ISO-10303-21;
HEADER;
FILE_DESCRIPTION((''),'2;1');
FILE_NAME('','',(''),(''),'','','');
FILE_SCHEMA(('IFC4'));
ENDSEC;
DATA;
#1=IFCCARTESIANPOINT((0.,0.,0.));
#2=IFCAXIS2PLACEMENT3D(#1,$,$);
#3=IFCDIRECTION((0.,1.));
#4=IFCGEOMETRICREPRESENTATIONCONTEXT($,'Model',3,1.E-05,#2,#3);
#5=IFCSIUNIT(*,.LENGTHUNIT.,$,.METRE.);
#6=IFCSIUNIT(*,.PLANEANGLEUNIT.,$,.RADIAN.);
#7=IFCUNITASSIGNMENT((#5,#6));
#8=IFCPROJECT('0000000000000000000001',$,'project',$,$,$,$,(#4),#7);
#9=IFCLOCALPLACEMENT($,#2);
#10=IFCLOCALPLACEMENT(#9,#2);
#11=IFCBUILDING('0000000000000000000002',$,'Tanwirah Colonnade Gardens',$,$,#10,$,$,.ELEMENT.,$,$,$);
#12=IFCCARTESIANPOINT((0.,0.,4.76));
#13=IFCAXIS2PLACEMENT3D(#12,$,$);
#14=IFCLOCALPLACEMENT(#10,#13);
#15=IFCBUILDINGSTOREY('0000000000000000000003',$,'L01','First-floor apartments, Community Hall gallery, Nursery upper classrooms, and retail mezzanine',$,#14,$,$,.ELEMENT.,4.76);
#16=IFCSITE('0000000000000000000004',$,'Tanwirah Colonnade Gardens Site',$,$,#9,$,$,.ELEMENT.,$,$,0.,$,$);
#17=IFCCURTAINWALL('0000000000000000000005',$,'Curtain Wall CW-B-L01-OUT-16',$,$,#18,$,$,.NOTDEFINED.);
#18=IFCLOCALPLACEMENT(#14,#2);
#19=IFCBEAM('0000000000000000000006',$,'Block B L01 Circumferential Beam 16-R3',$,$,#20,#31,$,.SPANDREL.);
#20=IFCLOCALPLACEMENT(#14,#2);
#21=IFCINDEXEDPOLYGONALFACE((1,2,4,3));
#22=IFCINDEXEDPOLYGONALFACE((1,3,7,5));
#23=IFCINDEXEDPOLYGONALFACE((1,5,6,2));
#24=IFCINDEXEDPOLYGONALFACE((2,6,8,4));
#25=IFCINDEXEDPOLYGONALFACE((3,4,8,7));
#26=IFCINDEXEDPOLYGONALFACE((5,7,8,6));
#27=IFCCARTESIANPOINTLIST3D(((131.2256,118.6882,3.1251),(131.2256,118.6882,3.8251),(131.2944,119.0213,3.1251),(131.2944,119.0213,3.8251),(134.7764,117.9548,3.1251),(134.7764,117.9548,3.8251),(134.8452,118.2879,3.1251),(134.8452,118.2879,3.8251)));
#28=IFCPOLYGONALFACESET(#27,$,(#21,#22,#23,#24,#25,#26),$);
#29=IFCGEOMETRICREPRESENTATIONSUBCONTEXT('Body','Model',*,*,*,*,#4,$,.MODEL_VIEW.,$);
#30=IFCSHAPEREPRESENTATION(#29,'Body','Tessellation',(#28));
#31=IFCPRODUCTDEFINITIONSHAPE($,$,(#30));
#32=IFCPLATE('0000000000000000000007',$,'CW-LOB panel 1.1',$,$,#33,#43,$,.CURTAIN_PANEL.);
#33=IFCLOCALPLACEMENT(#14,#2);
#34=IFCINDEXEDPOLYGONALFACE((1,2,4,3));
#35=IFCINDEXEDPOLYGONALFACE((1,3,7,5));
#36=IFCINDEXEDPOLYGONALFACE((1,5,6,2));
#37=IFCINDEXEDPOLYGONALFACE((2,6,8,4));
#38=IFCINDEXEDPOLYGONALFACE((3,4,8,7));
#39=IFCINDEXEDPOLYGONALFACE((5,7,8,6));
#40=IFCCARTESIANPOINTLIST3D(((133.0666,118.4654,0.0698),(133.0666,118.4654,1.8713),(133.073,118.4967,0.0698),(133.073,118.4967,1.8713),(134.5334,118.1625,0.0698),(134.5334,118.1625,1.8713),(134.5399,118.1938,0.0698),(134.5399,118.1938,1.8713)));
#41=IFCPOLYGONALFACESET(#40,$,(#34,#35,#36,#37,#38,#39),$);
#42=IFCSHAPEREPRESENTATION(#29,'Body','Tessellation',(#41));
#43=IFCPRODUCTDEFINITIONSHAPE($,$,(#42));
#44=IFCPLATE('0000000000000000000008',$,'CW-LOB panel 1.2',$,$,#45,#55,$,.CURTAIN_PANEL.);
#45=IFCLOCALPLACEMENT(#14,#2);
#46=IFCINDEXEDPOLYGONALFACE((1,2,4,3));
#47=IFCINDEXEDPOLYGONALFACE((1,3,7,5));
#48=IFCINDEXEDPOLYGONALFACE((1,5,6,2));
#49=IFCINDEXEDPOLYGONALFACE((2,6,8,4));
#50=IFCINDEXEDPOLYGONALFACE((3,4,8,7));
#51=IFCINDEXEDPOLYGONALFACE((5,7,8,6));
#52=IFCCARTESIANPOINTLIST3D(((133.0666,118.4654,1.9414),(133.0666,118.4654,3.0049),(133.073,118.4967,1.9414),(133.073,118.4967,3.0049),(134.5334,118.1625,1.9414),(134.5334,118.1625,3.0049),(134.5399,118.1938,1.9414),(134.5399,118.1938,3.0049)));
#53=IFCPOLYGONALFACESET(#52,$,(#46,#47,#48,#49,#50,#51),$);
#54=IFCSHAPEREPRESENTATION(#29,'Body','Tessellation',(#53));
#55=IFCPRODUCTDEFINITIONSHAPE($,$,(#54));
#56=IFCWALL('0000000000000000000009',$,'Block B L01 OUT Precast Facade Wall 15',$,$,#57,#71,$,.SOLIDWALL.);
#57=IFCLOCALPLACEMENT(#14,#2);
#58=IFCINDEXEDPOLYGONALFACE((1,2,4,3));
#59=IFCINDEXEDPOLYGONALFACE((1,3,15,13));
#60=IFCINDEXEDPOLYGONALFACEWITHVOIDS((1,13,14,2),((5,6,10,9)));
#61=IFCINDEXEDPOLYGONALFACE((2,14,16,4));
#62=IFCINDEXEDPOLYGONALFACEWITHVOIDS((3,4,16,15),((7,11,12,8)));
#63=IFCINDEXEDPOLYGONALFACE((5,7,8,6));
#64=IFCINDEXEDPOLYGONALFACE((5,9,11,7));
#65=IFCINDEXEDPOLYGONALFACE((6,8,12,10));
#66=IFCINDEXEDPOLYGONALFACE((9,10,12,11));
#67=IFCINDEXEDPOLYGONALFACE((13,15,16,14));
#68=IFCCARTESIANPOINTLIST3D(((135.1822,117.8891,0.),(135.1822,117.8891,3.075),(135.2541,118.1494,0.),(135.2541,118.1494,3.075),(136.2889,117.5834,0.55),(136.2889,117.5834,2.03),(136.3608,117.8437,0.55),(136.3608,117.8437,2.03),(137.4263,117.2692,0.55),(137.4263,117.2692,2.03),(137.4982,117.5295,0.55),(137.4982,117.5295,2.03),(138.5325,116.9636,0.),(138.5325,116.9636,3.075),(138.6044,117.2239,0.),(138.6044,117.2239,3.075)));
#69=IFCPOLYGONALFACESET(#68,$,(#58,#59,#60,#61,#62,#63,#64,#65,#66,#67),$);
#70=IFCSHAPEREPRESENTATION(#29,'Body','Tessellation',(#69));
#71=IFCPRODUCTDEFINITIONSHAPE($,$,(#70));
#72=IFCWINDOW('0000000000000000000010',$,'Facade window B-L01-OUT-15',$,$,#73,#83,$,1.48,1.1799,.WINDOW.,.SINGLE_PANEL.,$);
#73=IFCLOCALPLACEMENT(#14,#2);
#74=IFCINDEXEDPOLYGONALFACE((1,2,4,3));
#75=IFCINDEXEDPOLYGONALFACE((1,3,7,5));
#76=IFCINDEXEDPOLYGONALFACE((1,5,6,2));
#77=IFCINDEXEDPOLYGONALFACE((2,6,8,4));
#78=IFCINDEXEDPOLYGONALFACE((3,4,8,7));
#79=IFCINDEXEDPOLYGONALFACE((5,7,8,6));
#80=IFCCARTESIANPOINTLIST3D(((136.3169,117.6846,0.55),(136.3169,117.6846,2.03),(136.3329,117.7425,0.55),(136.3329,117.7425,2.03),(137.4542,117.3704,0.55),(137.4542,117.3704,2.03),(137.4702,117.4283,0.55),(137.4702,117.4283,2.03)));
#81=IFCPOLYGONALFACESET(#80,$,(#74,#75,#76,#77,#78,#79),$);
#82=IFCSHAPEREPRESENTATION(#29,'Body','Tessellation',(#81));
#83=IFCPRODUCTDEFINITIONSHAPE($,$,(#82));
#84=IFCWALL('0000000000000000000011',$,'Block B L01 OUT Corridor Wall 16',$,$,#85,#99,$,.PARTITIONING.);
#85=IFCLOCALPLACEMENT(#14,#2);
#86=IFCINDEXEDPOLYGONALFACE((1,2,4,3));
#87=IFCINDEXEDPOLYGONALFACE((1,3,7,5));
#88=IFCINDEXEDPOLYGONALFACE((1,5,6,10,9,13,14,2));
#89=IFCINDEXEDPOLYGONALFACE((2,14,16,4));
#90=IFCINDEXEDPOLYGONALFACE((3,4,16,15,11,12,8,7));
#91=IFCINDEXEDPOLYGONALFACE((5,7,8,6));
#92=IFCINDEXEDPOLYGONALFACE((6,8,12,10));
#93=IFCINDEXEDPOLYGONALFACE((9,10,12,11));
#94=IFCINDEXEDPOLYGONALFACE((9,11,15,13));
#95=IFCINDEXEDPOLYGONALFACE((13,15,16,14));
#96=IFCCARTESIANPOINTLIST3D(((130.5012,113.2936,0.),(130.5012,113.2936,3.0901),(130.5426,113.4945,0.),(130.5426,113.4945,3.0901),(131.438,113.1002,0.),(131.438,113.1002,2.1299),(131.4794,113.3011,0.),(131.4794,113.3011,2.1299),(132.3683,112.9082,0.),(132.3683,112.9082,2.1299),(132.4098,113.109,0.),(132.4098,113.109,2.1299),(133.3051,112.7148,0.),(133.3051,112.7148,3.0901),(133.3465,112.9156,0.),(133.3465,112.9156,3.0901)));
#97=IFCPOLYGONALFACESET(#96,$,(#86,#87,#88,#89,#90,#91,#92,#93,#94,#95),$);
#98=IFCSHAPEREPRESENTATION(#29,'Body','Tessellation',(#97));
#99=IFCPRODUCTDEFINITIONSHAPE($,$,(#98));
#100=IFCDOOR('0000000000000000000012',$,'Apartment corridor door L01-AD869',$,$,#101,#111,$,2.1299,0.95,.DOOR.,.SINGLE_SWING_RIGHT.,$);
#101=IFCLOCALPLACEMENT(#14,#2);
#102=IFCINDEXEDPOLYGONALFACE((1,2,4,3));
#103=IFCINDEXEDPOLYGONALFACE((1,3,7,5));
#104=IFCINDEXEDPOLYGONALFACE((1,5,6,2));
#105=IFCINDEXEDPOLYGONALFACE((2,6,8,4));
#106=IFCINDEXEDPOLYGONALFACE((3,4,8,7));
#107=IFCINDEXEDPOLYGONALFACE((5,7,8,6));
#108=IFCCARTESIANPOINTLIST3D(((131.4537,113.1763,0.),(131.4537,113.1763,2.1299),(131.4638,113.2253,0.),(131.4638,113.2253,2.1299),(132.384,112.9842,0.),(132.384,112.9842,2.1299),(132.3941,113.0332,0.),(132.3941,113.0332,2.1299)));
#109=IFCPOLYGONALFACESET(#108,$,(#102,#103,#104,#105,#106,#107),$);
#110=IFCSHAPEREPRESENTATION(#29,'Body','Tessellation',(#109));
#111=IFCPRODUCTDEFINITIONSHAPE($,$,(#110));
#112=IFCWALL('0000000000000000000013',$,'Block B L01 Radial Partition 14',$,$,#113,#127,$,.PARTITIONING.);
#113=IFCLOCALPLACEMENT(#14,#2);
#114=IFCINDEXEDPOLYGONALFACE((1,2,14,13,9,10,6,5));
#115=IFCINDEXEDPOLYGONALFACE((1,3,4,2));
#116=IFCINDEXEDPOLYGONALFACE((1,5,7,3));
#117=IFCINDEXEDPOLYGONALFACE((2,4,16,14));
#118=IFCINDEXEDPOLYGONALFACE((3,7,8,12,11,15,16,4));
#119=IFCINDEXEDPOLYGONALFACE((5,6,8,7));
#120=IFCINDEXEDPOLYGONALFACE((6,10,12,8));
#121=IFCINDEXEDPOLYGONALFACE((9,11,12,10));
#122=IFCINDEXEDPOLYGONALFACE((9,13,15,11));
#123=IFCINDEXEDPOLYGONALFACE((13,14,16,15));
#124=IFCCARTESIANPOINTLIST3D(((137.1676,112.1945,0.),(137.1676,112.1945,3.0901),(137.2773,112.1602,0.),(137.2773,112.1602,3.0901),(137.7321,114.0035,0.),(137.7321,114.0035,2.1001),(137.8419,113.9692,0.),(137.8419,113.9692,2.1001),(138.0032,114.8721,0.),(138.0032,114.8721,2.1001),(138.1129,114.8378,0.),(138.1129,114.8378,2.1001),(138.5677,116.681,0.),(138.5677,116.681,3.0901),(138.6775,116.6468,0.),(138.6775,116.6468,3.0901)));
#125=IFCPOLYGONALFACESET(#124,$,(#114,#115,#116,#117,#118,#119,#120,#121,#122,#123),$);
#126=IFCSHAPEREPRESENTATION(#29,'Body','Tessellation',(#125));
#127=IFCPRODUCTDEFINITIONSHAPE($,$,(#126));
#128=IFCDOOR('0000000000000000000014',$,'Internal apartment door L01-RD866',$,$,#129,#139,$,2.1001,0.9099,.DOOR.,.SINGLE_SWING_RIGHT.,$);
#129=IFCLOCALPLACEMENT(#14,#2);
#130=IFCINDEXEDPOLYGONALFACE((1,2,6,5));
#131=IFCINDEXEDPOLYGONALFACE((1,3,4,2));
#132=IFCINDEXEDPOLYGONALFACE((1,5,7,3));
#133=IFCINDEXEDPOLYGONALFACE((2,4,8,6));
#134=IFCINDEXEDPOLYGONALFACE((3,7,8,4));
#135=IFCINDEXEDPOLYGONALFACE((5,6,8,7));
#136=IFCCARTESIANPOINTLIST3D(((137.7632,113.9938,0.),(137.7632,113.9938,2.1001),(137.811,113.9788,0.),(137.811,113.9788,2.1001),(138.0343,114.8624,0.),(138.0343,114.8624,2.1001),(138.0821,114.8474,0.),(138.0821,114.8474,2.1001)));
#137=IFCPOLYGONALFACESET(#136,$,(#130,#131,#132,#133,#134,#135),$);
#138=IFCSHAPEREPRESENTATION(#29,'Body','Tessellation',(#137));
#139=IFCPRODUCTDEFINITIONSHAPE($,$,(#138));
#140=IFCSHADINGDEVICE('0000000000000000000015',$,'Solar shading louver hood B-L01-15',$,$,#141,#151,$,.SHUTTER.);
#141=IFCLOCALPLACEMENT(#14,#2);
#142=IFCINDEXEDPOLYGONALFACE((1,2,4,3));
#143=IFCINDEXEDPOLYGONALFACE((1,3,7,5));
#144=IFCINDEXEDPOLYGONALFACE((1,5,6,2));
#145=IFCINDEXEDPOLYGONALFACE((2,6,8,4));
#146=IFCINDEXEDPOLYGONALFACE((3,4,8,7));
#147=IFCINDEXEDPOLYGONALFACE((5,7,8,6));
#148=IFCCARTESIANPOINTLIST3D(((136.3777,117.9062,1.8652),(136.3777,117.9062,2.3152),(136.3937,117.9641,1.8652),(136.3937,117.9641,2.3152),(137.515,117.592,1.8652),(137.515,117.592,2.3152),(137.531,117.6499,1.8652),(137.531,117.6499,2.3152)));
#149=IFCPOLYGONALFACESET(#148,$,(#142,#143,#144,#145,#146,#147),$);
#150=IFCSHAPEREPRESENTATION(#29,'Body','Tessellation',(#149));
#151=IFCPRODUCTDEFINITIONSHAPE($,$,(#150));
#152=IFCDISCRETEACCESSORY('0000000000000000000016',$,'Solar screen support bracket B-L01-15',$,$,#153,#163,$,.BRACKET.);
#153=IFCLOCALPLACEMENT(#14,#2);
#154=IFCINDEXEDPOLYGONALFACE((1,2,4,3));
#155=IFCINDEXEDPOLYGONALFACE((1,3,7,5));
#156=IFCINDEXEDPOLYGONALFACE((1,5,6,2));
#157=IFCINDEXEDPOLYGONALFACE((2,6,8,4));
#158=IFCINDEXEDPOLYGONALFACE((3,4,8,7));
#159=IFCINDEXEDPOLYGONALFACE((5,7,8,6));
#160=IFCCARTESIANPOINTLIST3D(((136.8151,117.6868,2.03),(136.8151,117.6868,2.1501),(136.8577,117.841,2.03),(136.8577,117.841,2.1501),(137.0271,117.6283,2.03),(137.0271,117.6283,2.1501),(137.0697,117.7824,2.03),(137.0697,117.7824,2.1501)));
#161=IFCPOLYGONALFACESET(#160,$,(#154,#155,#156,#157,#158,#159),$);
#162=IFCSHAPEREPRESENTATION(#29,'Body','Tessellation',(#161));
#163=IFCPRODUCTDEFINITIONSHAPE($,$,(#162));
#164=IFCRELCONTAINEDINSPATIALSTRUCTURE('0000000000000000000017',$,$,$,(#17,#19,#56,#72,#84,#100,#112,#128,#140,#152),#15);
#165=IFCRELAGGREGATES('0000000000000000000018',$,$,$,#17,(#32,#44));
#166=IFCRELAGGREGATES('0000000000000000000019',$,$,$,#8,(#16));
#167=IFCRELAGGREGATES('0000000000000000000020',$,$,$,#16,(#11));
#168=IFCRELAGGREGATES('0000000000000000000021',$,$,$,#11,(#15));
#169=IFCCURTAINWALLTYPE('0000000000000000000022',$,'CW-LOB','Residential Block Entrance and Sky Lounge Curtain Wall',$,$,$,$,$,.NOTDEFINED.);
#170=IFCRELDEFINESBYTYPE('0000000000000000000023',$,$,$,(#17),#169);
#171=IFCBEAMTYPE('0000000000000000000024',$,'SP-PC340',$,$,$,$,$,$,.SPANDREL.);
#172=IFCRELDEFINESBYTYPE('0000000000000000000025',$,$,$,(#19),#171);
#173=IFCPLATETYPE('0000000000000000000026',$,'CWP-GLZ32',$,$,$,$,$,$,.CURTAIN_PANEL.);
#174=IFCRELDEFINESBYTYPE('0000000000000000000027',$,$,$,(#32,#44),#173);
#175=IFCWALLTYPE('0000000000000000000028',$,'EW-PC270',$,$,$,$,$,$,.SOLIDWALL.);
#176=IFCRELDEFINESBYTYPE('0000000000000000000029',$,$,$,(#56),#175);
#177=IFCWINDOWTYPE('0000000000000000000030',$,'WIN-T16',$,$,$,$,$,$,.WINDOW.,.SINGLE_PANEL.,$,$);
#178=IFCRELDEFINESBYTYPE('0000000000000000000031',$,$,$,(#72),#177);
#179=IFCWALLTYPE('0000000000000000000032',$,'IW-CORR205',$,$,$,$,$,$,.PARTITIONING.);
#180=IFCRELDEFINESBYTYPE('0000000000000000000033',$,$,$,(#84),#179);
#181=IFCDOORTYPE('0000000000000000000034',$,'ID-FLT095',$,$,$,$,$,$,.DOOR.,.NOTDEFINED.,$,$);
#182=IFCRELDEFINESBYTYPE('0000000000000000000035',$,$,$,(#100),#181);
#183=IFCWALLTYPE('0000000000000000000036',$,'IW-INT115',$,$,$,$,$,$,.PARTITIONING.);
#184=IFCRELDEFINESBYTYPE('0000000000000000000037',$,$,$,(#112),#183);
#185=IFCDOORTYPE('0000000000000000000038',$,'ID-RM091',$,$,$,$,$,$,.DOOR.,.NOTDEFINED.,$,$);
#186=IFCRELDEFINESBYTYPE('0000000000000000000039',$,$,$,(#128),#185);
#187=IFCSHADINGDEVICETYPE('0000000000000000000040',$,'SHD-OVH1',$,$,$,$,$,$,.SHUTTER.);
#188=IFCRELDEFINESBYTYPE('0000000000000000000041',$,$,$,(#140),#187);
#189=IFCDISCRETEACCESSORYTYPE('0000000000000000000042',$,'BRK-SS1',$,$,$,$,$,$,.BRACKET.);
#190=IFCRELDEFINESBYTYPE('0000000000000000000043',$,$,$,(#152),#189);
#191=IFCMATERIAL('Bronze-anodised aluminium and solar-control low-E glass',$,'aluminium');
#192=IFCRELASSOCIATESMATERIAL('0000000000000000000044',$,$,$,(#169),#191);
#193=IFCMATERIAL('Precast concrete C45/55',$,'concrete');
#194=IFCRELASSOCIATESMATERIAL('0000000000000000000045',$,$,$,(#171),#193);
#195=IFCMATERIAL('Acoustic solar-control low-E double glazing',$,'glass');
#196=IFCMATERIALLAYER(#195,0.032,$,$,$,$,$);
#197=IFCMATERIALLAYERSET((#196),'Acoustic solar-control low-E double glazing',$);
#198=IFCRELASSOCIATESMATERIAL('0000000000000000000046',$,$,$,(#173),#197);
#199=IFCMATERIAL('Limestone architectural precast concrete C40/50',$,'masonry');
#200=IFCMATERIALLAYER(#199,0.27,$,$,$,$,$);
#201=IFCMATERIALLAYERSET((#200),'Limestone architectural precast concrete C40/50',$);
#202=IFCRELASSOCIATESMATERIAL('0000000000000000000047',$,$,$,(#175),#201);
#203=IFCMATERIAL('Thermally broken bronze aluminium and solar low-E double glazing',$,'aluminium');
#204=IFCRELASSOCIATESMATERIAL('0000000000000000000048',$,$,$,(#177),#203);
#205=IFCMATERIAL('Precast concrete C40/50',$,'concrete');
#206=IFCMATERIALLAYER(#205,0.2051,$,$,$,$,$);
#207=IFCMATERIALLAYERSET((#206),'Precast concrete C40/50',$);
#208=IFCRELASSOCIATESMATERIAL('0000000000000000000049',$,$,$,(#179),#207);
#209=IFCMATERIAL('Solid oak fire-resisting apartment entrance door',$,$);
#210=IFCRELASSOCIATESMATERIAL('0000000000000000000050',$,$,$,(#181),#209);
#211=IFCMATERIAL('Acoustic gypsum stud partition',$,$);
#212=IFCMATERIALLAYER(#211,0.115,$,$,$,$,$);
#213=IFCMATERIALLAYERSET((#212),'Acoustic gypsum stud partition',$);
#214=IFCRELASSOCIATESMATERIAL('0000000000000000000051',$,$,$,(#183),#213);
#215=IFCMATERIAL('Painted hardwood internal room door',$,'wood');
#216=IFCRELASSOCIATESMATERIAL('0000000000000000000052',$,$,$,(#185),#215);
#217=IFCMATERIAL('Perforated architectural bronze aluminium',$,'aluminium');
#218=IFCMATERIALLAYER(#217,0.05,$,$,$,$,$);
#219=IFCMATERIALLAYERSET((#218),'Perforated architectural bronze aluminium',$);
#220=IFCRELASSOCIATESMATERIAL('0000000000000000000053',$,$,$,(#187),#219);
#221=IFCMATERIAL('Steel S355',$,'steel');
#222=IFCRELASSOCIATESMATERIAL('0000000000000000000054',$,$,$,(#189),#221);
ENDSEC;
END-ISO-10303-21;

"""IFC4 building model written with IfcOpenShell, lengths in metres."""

from ifc_helpers import new_model, si_unit, direction, frame, frame_2d, origin, origin_2d, place, context, subcontext, project, spatial, rectangle, extrude, material, layer, layer_set, material_profile, profile_set, type_object, element, fill, aggregate, save


model = new_model("IFC4")

# Units and contexts
model_context = context("Model", 3, precision=1e-05, world=origin(), true_north=direction((0.0, 1.0)))
body_context = subcontext(model_context, "Body", "Model", "MODEL_VIEW")
ifc_project = project(units=[si_unit("LENGTHUNIT", "METRE"), si_unit("PLANEANGLEUNIT", "RADIAN")], contexts=[model_context])

# Site, building, storey
site_placement = place(None, origin())
site = spatial("IfcSite", under=ifc_project, at=site_placement, Name="Tanwirah Colonnade Gardens Site", CompositionType="ELEMENT", RefElevation=0.0)
building_placement = place(site_placement, origin())
building = spatial("IfcBuilding", under=site, at=building_placement, Name="Tanwirah Colonnade Gardens", CompositionType="ELEMENT")
storey_placement = place(building_placement, frame((0.0, 0.0, 4.76)))
storey = spatial("IfcBuildingStorey", under=building, at=storey_placement, Name="L01", Description="First-floor apartments, Community Hall gallery, Nursery upper classrooms, and retail mezzanine", CompositionType="ELEMENT", Elevation=4.76)

# Shared definitions
ifc_material_1 = material(Name="Precast concrete C45/55", Category="concrete")

# Shared definitions
ifc_material_2 = material(Name="Precast concrete C40/50", Category="concrete")

# Curtain wall
ifc_material_3 = material(Name="Bronze-anodised aluminium and solar-control low-E glass", Category="aluminium")
curtain_wall_type = type_object("IfcCurtainWallType", Name="CW-LOB", Description="Residential Block Entrance and Sky Lounge Curtain Wall", PredefinedType="NOTDEFINED", material=ifc_material_3)
curtain_wall_placement = place(storey_placement, origin())
curtain_wall = element("IfcCurtainWall", 1, at=curtain_wall_placement, inside=storey, type_object=curtain_wall_type, Name="Curtain Wall CW-B-L01-OUT-16", PredefinedType="NOTDEFINED")

# Beam
ifc_material_profile_1 = material_profile(ifc_material_1, rectangle(XDim=0.3401, YDim=0.7, at=origin_2d()), Name="PC-SP 340x700")
ifc_profile_set_1 = profile_set([ifc_material_profile_1], Name="Precast concrete C45/55")
beam_type_1 = type_object("IfcBeamType", Name="SP-PC340", PredefinedType="SPANDREL", material=ifc_profile_set_1)
for number, where, z_axis, x_axis, name in (
    (2, (134.8108, 118.1213, 3.4751), (-0.979329, 0.202276, 0.0), (-0.202276, -0.979329, 0.0), "Block B L01 Circumferential Beam 16-R3"),
):
    element("IfcBeam", number, at=place(storey_placement, frame(where, z_axis=z_axis, x_axis=x_axis)), inside=storey, type_object=beam_type_1, Name=name, PredefinedType="SPANDREL", context=body_context, shape_type="SweptSolid", body=[
        extrude(rectangle(XDim=0.3401, YDim=0.7, at=origin_2d()), origin(), (0.0, 0.0, 1.0), 3.6257),
    ])

# Plates
ifc_material_4 = material(Name="Acoustic solar-control low-E double glazing", Category="glass")
ifc_layer_1 = layer(ifc_material_4, 0.032)
ifc_layer_set_1 = layer_set([ifc_layer_1], Name="Acoustic solar-control low-E double glazing")
plate_type = type_object("IfcPlateType", Name="CWP-GLZ32", PredefinedType="CURTAIN_PANEL", material=ifc_layer_set_1)
plate_1_placement = place(storey_placement, frame((133.8032, 118.3296, 0.0698), z_axis=(0.0, 0.0, 1.0), x_axis=(-0.979341, 0.202218, 0.0)))
plate_1 = element("IfcPlate", 3, at=plate_1_placement, type_object=plate_type, Name="CW-LOB panel 1.1", PredefinedType="CURTAIN_PANEL", context=body_context, shape_type="SweptSolid", body=[
    extrude(rectangle(XDim=1.4978, YDim=0.032, at=origin_2d()), origin(), (0.0, 0.0, 1.0), 1.8015),
])
plate_2_placement = place(storey_placement, frame((133.8032, 118.3296, 1.9414), z_axis=(0.0, 0.0, 1.0), x_axis=(-0.979341, 0.202218, 0.0)))
plate_2 = element("IfcPlate", 4, at=plate_2_placement, type_object=plate_type, Name="CW-LOB panel 1.2", PredefinedType="CURTAIN_PANEL", context=body_context, shape_type="SweptSolid", body=[
    extrude(rectangle(XDim=1.4978, YDim=0.032, at=origin_2d()), origin(), (0.0, 0.0, 1.0), 1.0635),
])
aggregate(curtain_wall, [plate_1, plate_2])

# Wall, opening, window
ifc_material_5 = material(Name="Limestone architectural precast concrete C40/50", Category="masonry")
ifc_layer_2 = layer(ifc_material_5, 0.27)
ifc_layer_set_2 = layer_set([ifc_layer_2], Name="Limestone architectural precast concrete C40/50")
wall_type_1 = type_object("IfcWallType", Name="EW-PC270", PredefinedType="SOLIDWALL", material=ifc_layer_set_2)
wall_1_placement = place(storey_placement, frame((138.5684, 117.0938, 0.0), z_axis=(0.0, 0.0, 1.0), x_axis=(-0.963896, 0.266278, 0.0)))
wall_1 = element("IfcWall", 5, at=wall_1_placement, inside=storey, type_object=wall_type_1, Name="Block B L01 OUT Precast Facade Wall 15", PredefinedType="SOLIDWALL", context=body_context, shape_type="SweptSolid", body=[
    extrude(rectangle(XDim=3.4758, YDim=0.27, at=frame_2d((1.7378, 0.0))), origin(), (0.0, 0.0, 1.0), 3.075),
])
opening_1_placement = place(wall_1_placement, frame((1.1477, 0.0, 0.55)))
opening_1 = element("IfcOpeningElement", 6, at=opening_1_placement, cuts=wall_1, PredefinedType="OPENING", context=body_context, shape_type="SweptSolid", body=[
    extrude(rectangle(XDim=1.1799, YDim=1.48, at=frame_2d((0.5898, 0.74))), frame((0.0, 0.145, 0.0), z_axis=(0.0, -1.0, 0.0), x_axis=(1.0, 0.0, 0.0)), (0.0, 0.0, 1.0), 0.29),
])
ifc_material_6 = material(Name="Thermally broken bronze aluminium and solar low-E double glazing", Category="aluminium")
window_type = type_object("IfcWindowType", Name="WIN-T16", PartitioningType="SINGLE_PANEL", PredefinedType="WINDOW", material=ifc_material_6)
window_placement = place(opening_1_placement, origin())
window = element("IfcWindow", 7, at=window_placement, inside=storey, type_object=window_type, Name="Facade window B-L01-OUT-15", OverallHeight=1.48, OverallWidth=1.1799, PartitioningType="SINGLE_PANEL", PredefinedType="WINDOW", context=body_context, shape_type="SweptSolid", body=[
    extrude(rectangle(XDim=1.1799, YDim=1.48, at=frame_2d((0.5898, 0.74))), frame((0.0, 0.03, 0.0), z_axis=(0.0, -1.0, 0.0), x_axis=(1.0, 0.0, 0.0)), (0.0, 0.0, 1.0), 0.0601),
])
fill(opening_1, window)

# Walls, openings, doors
ifc_layer_3 = layer(ifc_material_2, 0.2051)
ifc_layer_set_3 = layer_set([ifc_layer_3], Name="Precast concrete C40/50")
wall_type_2 = type_object("IfcWallType", Name="IW-CORR205", PredefinedType="PARTITIONING", material=ifc_layer_set_3)
wall_2_placement = place(storey_placement, frame((133.3259, 112.8152, 0.0), z_axis=(0.0, 0.0, 1.0), x_axis=(-0.979348, 0.20218, 0.0)))
wall_2 = element("IfcWall", 8, at=wall_2_placement, inside=storey, type_object=wall_type_2, Name="Block B L01 OUT Corridor Wall 16", PredefinedType="PARTITIONING", context=body_context, shape_type="SweptSolid", body=[
    extrude(rectangle(XDim=2.863, YDim=0.2051, at=frame_2d((1.4316, 0.0))), origin(), (0.0, 0.0, 1.0), 3.0901),
])
opening_2_placement = place(wall_2_placement, frame((0.9565, 0.0, 0.0)))
opening_2 = element("IfcOpeningElement", 9, at=opening_2_placement, cuts=wall_2, PredefinedType="OPENING", context=body_context, shape_type="SweptSolid", body=[
    extrude(rectangle(XDim=0.95, YDim=2.1299, at=frame_2d((0.4751, 1.0649))), frame((0.0, 0.1125, 0.0), z_axis=(0.0, -1.0, 0.0), x_axis=(1.0, 0.0, 0.0)), (0.0, 0.0, 1.0), 0.2251),
])
ifc_material_7 = material(Name="Solid oak fire-resisting apartment entrance door")
door_type_1 = type_object("IfcDoorType", Name="ID-FLT095", OperationType="NOTDEFINED", PredefinedType="DOOR", material=ifc_material_7)
door_1_placement = place(opening_2_placement, origin())
door_1 = element("IfcDoor", 10, at=door_1_placement, inside=storey, type_object=door_type_1, Name="Apartment corridor door L01-AD869", OperationType="SINGLE_SWING_RIGHT", OverallHeight=2.1299, OverallWidth=0.95, PredefinedType="DOOR", context=body_context, shape_type="SweptSolid", body=[
    extrude(rectangle(XDim=0.95, YDim=2.1299, at=frame_2d((0.4751, 1.0649))), frame((0.0, 0.0249, 0.0), z_axis=(0.0, -1.0, 0.0), x_axis=(1.0, 0.0, 0.0)), (0.0, 0.0, 1.0), 0.05),
])
fill(opening_2, door_1)
ifc_material_8 = material(Name="Acoustic gypsum stud partition")
ifc_layer_4 = layer(ifc_material_8, 0.115)
ifc_layer_set_4 = layer_set([ifc_layer_4], Name="Acoustic gypsum stud partition")
wall_type_3 = type_object("IfcWallType", Name="IW-INT115", PredefinedType="PARTITIONING", material=ifc_layer_set_4)
wall_3_placement = place(storey_placement, frame((137.2224, 112.1772, 0.0), z_axis=(0.0, 0.0, 1.0), x_axis=(0.297905, 0.954595, 0.0)))
wall_3 = element("IfcWall", 11, at=wall_3_placement, inside=storey, type_object=wall_type_3, Name="Block B L01 Radial Partition 14", PredefinedType="PARTITIONING", context=body_context, shape_type="SweptSolid", body=[
    extrude(rectangle(XDim=4.7, YDim=0.115, at=frame_2d((2.3501, 0.0))), origin(), (0.0, 0.0, 1.0), 3.0901),
])
opening_3_placement = place(wall_3_placement, frame((1.895, 0.0, 0.0)))
opening_3 = element("IfcOpeningElement", 12, at=opening_3_placement, cuts=wall_3, PredefinedType="OPENING", context=body_context, shape_type="SweptSolid", body=[
    extrude(rectangle(XDim=0.9099, YDim=2.1001, at=frame_2d((0.4551, 1.05))), frame((0.0, 0.0674, 0.0), z_axis=(0.0, -1.0, 0.0), x_axis=(1.0, 0.0, 0.0)), (0.0, 0.0, 1.0), 0.135),
])
ifc_material_9 = material(Name="Painted hardwood internal room door", Category="wood")
door_type_2 = type_object("IfcDoorType", Name="ID-RM091", OperationType="NOTDEFINED", PredefinedType="DOOR", material=ifc_material_9)
door_2_placement = place(opening_3_placement, origin())
door_2 = element("IfcDoor", 13, at=door_2_placement, inside=storey, type_object=door_type_2, Name="Internal apartment door L01-RD866", OperationType="SINGLE_SWING_RIGHT", OverallHeight=2.1001, OverallWidth=0.9099, PredefinedType="DOOR", context=body_context, shape_type="SweptSolid", body=[
    extrude(rectangle(XDim=0.9099, YDim=2.1001, at=frame_2d((0.4551, 1.05))), frame((0.0, 0.0249, 0.0), z_axis=(0.0, -1.0, 0.0), x_axis=(1.0, 0.0, 0.0)), (0.0, 0.0, 1.0), 0.05),
])
fill(opening_3, door_2)

# Shading device
ifc_material_10 = material(Name="Perforated architectural bronze aluminium", Category="aluminium")
ifc_layer_5 = layer(ifc_material_10, 0.05)
ifc_layer_set_5 = layer_set([ifc_layer_5], Name="Perforated architectural bronze aluminium")
shading_device_type = type_object("IfcShadingDeviceType", Name="SHD-OVH1", PredefinedType="SHUTTER", material=ifc_layer_set_5)
shading_device_placement = place(storey_placement, frame((136.9543, 117.7781, 1.8652), z_axis=(0.0, 0.0, 1.0), x_axis=(-0.963889, 0.266304, 0.0)))
element("IfcShadingDevice", 14, at=shading_device_placement, inside=storey, type_object=shading_device_type, Name="Solar shading louver hood B-L01-15", PredefinedType="SHUTTER", context=body_context, shape_type="SweptSolid", body=[
    extrude(rectangle(XDim=1.1799, YDim=0.0601, at=origin_2d()), origin(), (0.0, 0.0, 1.0), 0.45),
])

# Discrete accessory
ifc_material_11 = material(Name="Steel S355", Category="steel")
discrete_accessory_type = type_object("IfcDiscreteAccessoryType", Name="BRK-SS1", PredefinedType="BRACKET", material=ifc_material_11)
discrete_accessory_placement = place(storey_placement, frame((136.9424, 117.7346, 2.03), z_axis=(0.0, 0.0, 1.0), x_axis=(-0.963889, 0.266304, 0.0)))
element("IfcDiscreteAccessory", 15, at=discrete_accessory_placement, inside=storey, type_object=discrete_accessory_type, Name="Solar screen support bracket B-L01-15", PredefinedType="BRACKET", context=body_context, shape_type="SweptSolid", body=[
    extrude(rectangle(XDim=0.22, YDim=0.1599, at=origin_2d()), origin(), (0.0, 0.0, 1.0), 0.1201),
])

save(model, "model.ifc")
